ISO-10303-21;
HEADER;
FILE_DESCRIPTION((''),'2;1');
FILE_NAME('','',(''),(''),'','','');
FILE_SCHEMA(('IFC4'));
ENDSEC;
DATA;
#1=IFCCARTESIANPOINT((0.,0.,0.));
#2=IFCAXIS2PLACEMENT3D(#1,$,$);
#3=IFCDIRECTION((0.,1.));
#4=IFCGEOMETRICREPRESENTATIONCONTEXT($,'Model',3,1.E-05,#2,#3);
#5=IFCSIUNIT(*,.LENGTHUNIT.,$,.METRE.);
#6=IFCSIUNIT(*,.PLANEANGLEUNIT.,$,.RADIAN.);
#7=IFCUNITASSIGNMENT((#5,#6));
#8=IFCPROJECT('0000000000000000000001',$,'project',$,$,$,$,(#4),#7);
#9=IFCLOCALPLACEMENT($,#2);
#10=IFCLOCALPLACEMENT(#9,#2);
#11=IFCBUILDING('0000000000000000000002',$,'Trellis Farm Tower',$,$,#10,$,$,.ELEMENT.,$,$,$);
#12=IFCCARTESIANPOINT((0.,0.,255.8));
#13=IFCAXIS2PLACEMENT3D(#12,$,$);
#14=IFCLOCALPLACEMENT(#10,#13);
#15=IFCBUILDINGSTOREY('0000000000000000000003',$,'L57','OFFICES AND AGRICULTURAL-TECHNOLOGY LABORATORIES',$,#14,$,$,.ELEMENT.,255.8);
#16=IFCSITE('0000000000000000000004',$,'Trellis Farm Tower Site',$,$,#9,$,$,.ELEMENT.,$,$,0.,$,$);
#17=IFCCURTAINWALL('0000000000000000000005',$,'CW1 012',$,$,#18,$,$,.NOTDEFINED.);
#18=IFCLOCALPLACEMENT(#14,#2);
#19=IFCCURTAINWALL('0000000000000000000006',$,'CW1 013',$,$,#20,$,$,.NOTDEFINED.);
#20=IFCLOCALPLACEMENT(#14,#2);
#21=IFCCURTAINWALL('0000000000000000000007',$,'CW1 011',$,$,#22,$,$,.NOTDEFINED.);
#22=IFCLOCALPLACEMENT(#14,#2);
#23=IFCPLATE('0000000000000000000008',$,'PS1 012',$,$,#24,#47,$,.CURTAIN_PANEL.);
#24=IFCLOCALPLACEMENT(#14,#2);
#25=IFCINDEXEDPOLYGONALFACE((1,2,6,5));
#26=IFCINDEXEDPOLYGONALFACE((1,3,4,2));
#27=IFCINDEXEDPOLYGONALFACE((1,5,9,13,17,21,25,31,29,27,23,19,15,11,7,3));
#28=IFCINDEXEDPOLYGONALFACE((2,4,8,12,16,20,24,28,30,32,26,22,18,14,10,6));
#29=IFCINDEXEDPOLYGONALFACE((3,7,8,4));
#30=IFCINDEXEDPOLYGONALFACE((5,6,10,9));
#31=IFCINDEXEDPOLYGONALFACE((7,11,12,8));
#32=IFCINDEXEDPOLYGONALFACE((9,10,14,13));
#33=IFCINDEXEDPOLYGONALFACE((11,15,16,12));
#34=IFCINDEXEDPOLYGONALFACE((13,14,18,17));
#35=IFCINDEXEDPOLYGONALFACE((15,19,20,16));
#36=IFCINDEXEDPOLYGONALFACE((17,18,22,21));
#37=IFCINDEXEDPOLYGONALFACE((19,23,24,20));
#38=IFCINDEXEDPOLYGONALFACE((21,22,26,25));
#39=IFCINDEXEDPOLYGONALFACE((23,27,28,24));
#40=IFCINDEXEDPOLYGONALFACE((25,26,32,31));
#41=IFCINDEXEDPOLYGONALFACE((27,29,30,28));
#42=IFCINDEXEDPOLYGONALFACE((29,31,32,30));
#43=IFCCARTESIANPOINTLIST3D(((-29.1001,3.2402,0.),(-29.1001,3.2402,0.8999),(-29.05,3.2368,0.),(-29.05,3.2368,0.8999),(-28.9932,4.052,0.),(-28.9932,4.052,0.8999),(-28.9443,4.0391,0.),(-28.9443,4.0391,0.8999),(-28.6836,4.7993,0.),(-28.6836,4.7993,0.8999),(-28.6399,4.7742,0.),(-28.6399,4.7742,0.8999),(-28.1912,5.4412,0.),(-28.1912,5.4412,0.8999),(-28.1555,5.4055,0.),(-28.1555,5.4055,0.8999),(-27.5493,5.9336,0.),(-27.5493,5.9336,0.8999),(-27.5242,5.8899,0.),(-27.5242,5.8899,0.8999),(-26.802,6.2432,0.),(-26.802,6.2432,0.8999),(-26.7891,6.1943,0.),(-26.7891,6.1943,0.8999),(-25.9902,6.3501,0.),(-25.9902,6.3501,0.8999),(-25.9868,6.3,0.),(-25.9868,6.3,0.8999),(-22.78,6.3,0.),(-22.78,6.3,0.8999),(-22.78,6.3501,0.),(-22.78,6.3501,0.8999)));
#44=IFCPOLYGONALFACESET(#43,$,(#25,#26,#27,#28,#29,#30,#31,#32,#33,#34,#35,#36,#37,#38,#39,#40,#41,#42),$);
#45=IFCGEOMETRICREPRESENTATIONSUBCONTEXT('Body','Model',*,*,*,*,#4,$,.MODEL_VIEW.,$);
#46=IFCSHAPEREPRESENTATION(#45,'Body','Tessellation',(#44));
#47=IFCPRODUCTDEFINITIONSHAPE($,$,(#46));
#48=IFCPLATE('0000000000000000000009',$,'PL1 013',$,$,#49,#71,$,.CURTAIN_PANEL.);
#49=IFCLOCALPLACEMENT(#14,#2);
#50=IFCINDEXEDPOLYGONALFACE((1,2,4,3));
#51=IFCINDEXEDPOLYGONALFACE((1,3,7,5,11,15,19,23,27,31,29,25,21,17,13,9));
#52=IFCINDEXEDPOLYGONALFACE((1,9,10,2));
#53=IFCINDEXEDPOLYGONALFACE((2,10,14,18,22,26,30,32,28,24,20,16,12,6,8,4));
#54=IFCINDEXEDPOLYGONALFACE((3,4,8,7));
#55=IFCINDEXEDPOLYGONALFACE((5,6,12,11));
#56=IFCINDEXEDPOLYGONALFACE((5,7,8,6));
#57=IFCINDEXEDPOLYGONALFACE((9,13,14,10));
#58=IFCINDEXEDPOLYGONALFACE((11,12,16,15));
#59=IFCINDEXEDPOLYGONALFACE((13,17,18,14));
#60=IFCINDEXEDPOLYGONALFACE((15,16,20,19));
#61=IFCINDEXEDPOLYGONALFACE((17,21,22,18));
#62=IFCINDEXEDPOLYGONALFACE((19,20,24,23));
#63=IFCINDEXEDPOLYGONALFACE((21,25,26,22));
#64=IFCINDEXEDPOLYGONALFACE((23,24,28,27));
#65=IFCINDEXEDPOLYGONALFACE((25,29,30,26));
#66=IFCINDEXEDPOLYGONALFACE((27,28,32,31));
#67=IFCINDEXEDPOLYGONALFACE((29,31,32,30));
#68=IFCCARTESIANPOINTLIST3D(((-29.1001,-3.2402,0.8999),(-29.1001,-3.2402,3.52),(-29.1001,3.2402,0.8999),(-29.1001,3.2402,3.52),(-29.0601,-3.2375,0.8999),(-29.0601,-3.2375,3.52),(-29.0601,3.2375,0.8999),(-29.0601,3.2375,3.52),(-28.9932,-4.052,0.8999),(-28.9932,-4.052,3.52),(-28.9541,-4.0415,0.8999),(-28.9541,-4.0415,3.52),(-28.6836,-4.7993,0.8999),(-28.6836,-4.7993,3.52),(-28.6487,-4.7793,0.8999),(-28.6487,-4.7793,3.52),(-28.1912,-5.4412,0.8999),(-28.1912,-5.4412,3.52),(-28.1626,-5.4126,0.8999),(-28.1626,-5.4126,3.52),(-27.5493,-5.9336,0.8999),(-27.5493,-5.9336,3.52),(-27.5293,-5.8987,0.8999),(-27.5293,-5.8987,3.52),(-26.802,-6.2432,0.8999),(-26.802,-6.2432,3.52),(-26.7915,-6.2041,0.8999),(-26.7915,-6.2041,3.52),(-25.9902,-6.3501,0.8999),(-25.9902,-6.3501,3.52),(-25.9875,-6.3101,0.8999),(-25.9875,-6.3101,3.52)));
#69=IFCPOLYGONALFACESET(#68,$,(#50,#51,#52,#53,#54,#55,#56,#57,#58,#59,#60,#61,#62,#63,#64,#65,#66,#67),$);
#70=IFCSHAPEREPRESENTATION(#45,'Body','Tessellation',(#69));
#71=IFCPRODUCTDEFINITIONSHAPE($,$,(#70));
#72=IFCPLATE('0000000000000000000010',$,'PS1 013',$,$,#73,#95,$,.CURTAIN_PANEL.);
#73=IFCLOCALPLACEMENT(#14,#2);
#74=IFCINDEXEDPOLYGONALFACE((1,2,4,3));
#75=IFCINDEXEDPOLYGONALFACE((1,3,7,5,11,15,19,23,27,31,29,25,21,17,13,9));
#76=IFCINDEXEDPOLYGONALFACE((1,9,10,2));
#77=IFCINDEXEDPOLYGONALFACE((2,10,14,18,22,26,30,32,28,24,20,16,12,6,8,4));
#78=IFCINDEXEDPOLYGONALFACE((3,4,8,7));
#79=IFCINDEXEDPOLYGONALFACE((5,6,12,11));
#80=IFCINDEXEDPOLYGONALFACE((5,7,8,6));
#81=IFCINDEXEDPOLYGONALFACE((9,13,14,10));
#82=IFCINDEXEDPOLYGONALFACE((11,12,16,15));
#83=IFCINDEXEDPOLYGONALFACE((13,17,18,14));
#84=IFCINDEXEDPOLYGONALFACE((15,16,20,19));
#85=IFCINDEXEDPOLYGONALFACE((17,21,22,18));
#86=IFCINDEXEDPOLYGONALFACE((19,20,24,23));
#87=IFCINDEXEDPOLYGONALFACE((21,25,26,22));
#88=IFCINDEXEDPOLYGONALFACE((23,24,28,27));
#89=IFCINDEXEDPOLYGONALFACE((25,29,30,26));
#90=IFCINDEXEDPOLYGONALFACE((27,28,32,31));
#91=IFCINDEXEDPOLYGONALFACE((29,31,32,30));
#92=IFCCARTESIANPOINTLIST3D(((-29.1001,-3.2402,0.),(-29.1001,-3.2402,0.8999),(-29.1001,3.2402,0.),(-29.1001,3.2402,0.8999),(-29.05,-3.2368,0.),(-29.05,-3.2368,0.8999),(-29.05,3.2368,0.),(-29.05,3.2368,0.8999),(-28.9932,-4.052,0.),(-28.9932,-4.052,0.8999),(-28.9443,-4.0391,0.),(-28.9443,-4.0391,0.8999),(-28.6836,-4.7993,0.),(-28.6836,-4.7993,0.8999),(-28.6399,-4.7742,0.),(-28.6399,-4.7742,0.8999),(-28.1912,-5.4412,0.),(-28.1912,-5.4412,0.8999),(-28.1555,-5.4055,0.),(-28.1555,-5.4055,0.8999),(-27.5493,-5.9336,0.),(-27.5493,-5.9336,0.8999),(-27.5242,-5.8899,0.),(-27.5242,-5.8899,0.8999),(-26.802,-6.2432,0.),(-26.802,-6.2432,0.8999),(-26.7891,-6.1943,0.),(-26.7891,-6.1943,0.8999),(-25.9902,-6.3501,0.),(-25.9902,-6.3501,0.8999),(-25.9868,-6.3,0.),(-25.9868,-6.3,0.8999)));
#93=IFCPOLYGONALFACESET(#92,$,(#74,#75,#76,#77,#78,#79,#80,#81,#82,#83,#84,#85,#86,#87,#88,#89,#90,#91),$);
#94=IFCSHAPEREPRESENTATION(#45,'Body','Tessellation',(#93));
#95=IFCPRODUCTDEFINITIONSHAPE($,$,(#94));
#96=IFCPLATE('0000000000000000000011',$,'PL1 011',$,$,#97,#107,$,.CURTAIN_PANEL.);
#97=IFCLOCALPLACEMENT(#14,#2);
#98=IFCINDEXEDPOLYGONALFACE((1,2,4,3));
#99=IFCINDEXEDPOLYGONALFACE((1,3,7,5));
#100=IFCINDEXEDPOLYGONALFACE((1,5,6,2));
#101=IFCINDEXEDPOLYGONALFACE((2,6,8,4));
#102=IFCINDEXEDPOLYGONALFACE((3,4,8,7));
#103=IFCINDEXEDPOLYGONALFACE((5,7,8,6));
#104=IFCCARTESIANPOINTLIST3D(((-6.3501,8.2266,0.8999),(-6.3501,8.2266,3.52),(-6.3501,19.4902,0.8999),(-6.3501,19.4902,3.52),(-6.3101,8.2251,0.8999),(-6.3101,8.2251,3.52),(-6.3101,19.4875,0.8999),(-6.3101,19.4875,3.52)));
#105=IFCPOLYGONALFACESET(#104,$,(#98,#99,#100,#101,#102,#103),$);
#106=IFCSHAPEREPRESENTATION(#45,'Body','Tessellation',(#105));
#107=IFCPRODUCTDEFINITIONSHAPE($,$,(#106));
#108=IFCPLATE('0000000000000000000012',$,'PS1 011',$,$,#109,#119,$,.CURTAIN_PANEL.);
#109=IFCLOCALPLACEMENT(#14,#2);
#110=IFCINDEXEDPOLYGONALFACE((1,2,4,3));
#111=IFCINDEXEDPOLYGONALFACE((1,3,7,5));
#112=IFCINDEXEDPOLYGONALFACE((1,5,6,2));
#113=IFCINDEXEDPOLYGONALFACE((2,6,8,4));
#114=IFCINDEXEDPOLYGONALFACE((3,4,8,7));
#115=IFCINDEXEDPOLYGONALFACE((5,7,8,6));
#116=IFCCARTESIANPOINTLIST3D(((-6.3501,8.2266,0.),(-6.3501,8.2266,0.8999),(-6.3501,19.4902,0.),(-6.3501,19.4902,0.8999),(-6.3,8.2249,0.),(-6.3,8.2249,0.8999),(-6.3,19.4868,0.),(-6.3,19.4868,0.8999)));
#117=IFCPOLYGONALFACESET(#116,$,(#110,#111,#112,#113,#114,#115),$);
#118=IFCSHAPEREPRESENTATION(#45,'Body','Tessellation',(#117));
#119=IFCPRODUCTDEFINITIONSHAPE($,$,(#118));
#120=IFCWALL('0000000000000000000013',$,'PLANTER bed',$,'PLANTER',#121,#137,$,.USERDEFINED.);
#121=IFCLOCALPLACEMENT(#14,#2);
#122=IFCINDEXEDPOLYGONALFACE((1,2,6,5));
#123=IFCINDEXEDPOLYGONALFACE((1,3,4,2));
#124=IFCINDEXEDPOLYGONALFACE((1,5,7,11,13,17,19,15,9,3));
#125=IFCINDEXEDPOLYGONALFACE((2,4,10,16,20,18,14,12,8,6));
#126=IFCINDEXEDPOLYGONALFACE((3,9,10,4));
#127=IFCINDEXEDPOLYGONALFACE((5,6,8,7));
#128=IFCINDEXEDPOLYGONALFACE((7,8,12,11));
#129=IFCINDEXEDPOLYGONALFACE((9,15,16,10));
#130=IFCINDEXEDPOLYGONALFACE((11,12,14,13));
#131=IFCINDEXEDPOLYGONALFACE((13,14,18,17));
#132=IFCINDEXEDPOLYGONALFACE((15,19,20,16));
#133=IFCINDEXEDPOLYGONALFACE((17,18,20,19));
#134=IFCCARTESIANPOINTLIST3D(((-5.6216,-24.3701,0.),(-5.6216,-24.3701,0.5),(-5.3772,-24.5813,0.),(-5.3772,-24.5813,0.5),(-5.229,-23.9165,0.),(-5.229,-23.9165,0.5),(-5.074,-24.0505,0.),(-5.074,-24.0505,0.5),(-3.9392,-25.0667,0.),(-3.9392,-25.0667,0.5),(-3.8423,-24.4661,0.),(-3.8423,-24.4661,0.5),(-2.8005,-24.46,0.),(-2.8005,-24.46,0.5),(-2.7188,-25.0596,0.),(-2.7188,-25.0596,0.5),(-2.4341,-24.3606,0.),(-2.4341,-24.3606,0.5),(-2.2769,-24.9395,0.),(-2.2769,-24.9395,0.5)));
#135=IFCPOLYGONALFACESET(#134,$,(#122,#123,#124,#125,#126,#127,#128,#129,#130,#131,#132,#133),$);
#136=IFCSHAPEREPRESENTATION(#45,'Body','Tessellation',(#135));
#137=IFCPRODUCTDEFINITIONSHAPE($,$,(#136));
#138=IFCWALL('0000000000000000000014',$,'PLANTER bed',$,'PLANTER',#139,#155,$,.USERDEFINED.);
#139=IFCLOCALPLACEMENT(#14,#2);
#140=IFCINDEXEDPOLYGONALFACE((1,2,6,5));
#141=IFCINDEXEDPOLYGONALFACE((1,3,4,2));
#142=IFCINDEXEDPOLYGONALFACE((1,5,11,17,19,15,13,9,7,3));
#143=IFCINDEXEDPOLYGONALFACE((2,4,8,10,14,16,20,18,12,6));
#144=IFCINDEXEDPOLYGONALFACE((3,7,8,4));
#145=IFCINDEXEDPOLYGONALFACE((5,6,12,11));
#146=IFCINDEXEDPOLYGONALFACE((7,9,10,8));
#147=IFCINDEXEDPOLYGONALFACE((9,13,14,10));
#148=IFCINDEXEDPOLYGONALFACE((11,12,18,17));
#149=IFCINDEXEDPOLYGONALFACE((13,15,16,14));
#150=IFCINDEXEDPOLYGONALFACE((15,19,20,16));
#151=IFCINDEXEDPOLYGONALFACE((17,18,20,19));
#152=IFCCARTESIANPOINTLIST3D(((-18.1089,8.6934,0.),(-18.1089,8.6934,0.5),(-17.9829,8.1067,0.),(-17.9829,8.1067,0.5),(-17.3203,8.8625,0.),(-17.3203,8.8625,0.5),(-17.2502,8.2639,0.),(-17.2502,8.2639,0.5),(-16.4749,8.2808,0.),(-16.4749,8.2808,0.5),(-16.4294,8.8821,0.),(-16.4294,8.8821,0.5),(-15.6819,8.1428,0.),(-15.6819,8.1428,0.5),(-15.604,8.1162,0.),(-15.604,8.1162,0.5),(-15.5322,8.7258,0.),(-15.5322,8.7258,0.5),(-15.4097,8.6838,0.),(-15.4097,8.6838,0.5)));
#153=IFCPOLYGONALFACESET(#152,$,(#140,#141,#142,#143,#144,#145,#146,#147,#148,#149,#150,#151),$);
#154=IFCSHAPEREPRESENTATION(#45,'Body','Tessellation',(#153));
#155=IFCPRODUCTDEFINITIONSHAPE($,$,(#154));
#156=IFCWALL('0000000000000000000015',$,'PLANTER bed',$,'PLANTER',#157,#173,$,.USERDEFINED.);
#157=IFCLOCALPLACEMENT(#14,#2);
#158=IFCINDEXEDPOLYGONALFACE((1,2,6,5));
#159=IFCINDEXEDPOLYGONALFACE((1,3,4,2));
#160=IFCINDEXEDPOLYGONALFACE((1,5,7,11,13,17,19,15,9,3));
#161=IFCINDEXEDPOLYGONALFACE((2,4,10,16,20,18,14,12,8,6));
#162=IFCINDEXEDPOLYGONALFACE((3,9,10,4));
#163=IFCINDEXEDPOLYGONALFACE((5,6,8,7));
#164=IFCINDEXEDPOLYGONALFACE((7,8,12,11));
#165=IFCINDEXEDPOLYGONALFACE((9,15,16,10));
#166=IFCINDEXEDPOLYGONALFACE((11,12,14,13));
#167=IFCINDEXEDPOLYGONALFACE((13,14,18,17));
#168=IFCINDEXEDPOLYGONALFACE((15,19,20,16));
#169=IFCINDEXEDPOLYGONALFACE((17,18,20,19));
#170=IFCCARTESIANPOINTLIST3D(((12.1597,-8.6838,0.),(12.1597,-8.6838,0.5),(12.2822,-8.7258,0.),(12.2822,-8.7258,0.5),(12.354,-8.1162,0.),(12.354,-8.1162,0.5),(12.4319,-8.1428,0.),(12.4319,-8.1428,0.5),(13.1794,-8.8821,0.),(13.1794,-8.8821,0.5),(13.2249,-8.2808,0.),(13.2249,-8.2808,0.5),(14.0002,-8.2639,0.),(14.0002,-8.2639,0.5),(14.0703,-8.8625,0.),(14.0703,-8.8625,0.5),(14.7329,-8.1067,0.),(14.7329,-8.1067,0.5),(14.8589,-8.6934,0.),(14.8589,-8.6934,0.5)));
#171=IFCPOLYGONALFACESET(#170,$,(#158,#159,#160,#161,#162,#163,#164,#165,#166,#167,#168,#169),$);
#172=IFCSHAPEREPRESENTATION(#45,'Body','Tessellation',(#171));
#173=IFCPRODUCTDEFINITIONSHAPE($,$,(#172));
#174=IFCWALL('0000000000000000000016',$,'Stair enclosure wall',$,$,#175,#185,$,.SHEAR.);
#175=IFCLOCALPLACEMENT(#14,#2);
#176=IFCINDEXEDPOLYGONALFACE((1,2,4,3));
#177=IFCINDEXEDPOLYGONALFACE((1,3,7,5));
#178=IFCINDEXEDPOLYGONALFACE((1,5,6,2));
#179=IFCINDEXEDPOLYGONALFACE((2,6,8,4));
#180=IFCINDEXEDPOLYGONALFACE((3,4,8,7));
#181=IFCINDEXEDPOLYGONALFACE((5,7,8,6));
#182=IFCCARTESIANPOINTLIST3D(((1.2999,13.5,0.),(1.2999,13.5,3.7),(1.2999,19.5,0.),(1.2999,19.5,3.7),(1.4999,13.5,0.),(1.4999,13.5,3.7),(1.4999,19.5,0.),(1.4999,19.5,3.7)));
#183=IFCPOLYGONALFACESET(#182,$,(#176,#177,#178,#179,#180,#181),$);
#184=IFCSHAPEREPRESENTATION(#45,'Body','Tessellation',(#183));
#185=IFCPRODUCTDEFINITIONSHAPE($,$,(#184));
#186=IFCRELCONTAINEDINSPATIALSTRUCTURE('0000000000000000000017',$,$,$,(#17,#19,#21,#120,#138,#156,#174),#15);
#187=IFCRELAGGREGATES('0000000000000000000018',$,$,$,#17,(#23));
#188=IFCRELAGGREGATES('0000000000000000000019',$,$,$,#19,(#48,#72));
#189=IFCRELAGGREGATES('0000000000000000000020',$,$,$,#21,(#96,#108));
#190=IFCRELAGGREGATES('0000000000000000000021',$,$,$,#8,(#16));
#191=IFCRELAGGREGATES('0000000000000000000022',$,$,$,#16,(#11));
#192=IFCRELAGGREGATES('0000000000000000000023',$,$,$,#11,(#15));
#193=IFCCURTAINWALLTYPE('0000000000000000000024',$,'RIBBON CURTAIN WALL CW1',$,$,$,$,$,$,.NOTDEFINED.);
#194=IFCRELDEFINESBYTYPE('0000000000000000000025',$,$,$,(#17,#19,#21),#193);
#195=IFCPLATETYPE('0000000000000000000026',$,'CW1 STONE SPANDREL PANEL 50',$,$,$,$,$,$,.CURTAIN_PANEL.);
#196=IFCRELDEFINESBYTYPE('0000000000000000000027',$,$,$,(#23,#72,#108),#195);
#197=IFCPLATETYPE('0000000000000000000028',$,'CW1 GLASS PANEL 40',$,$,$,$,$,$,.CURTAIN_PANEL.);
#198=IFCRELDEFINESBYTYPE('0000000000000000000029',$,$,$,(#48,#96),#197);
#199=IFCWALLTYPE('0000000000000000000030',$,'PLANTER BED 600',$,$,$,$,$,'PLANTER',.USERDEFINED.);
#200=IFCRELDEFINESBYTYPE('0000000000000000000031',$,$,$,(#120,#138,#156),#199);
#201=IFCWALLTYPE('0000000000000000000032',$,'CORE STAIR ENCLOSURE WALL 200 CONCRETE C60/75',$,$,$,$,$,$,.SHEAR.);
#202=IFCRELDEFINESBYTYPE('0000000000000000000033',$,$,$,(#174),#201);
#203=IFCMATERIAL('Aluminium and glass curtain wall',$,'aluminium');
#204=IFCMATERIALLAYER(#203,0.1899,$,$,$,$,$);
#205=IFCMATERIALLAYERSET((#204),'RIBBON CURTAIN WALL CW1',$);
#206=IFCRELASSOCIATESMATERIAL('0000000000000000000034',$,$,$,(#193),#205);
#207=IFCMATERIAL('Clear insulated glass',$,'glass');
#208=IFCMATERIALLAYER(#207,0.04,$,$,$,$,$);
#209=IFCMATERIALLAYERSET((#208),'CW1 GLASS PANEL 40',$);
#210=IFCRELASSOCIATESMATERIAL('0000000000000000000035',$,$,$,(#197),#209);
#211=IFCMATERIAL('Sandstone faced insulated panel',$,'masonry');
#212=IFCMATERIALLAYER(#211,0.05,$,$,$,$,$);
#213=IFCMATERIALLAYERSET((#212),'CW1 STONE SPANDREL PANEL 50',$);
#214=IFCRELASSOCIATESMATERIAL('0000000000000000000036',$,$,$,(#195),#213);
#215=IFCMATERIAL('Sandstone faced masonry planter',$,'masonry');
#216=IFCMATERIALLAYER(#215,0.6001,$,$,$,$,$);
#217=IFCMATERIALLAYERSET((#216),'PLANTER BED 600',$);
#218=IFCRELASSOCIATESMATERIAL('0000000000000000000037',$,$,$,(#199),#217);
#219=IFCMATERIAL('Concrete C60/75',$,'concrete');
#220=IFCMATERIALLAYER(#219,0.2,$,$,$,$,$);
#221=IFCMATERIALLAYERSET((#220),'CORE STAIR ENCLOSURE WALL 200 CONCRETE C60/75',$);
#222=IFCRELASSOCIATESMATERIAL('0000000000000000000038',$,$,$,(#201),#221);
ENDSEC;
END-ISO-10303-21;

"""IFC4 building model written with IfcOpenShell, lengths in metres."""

from ifc_helpers import new_model, si_unit, direction, frame, frame_2d, origin, place, context, subcontext, project, spatial, polyline, rectangle, outline, extrude, source, transform, mapped, material, layer, layer_set, type_object, element, aggregate, save


model = new_model("IFC4")

# Units and contexts
model_context = context("Model", 3, precision=1e-05, world=origin(), true_north=direction((0.0, 1.0)))
body_context = subcontext(model_context, "Body", "Model", "MODEL_VIEW")
ifc_project = project(units=[si_unit("LENGTHUNIT", "METRE"), si_unit("PLANEANGLEUNIT", "RADIAN")], contexts=[model_context])

# Site, building, storey
site_placement = place(None, origin())
site = spatial("IfcSite", under=ifc_project, at=site_placement, Name="Trellis Farm Tower Site", CompositionType="ELEMENT", RefElevation=0.0)
building_placement = place(site_placement, origin())
building = spatial("IfcBuilding", under=site, at=building_placement, Name="Trellis Farm Tower", CompositionType="ELEMENT")
storey_placement = place(building_placement, frame((0.0, 0.0, 255.8)))
storey = spatial("IfcBuildingStorey", under=building, at=storey_placement, Name="L57", Description="OFFICES AND AGRICULTURAL-TECHNOLOGY LABORATORIES", CompositionType="ELEMENT", Elevation=255.8)

# Curtain walls
ifc_material_1 = material(Name="Aluminium and glass curtain wall", Category="aluminium")
placement_1 = place(storey_placement, origin())
ifc_layer_1 = layer(ifc_material_1, 0.1899)
ifc_layer_set_1 = layer_set([ifc_layer_1], Name="RIBBON CURTAIN WALL CW1")
curtain_wall_type_1 = type_object("IfcCurtainWallType", Name="RIBBON CURTAIN WALL CW1", PredefinedType="NOTDEFINED", material=ifc_layer_set_1)
curtain_wall_1 = element("IfcCurtainWall", 1, at=placement_1, inside=storey, type_object=curtain_wall_type_1, Name="CW1 012", PredefinedType="NOTDEFINED")
curtain_wall_2 = element("IfcCurtainWall", 2, at=placement_1, inside=storey, type_object=curtain_wall_type_1, Name="CW1 013", PredefinedType="NOTDEFINED")
curtain_wall_3 = element("IfcCurtainWall", 3, at=placement_1, inside=storey, type_object=curtain_wall_type_1, Name="CW1 011", PredefinedType="NOTDEFINED")

# Plates
ifc_material_2 = material(Name="Clear insulated glass", Category="glass")
ifc_layer_2 = layer(ifc_material_2, 0.04)
ifc_layer_set_2 = layer_set([ifc_layer_2], Name="CW1 GLASS PANEL 40")
plate_type_1 = type_object("IfcPlateType", Name="CW1 GLASS PANEL 40", PredefinedType="CURTAIN_PANEL", material=ifc_layer_set_2)
placement_2 = place(storey_placement, frame((0.0, 0.0, 0.8999)))
ifc_material_3 = material(Name="Sandstone faced insulated panel", Category="masonry")
ifc_layer_3 = layer(ifc_material_3, 0.05)
ifc_layer_set_3 = layer_set([ifc_layer_3], Name="CW1 STONE SPANDREL PANEL 50")
plate_type_2 = type_object("IfcPlateType", Name="CW1 STONE SPANDREL PANEL 50", PredefinedType="CURTAIN_PANEL", material=ifc_layer_set_3)
shared_shape_1 = source(origin(), body_context, "Body", "SweptSolid", [
    extrude(outline(polyline([(-22.78, 6.3501), (-25.9902, 6.3501), (-26.802, 6.2432), (-27.5493, 5.9336), (-28.1912, 5.4412), (-28.6836, 4.7993), (-28.9932, 4.052), (-29.1001, 3.2402), (-29.05, 3.2368), (-28.9443, 4.0391), (-28.6399, 4.7742), (-28.1555, 5.4055), (-27.5242, 5.8899), (-26.7891, 6.1943), (-25.9868, 6.3), (-22.78, 6.3), (-22.78, 6.3501)])), origin(), (0.0, 0.0, 1.0), 0.8999),
])
plate_1 = element("IfcPlate", 4, at=placement_1, type_object=plate_type_2, Name="PS1 012", PredefinedType="CURTAIN_PANEL", context=body_context, shape_type="MappedRepresentation", body=[
    mapped(shared_shape_1, transform((0.0, 0.0, 0.0))),
])
aggregate(curtain_wall_1, [plate_1])
shared_shape_2 = source(origin(), body_context, "Body", "SweptSolid", [
    extrude(outline(polyline([(-29.1001, 3.2402), (-29.1001, -3.2402), (-28.9932, -4.052), (-28.6836, -4.7993), (-28.1912, -5.4412), (-27.5493, -5.9336), (-26.802, -6.2432), (-25.9902, -6.3501), (-25.9875, -6.3101), (-26.7915, -6.2041), (-27.5293, -5.8987), (-28.1626, -5.4126), (-28.6487, -4.7793), (-28.9541, -4.0415), (-29.0601, -3.2375), (-29.0601, 3.2375), (-29.1001, 3.2402)])), origin(), (0.0, 0.0, 1.0), 2.6201),
])
plate_2 = element("IfcPlate", 5, at=placement_2, type_object=plate_type_1, Name="PL1 013", PredefinedType="CURTAIN_PANEL", context=body_context, shape_type="MappedRepresentation", body=[
    mapped(shared_shape_2, transform((0.0, 0.0, 0.0))),
])
shared_shape_3 = source(origin(), body_context, "Body", "SweptSolid", [
    extrude(outline(polyline([(-29.1001, 3.2402), (-29.1001, -3.2402), (-28.9932, -4.052), (-28.6836, -4.7993), (-28.1912, -5.4412), (-27.5493, -5.9336), (-26.802, -6.2432), (-25.9902, -6.3501), (-25.9868, -6.3), (-26.7891, -6.1943), (-27.5242, -5.8899), (-28.1555, -5.4055), (-28.6399, -4.7742), (-28.9443, -4.0391), (-29.05, -3.2368), (-29.05, 3.2368), (-29.1001, 3.2402)])), origin(), (0.0, 0.0, 1.0), 0.8999),
])
plate_3 = element("IfcPlate", 6, at=placement_1, type_object=plate_type_2, Name="PS1 013", PredefinedType="CURTAIN_PANEL", context=body_context, shape_type="MappedRepresentation", body=[
    mapped(shared_shape_3, transform((0.0, 0.0, 0.0))),
])
aggregate(curtain_wall_2, [plate_2, plate_3])
shared_shape_4 = source(origin(), body_context, "Body", "SweptSolid", [
    extrude(outline(polyline([(-6.3501, 19.4902), (-6.3501, 8.2266), (-6.3101, 8.2251), (-6.3101, 19.4875), (-6.3501, 19.4902)])), origin(), (0.0, 0.0, 1.0), 2.6201),
])
plate_4 = element("IfcPlate", 7, at=placement_2, type_object=plate_type_1, Name="PL1 011", PredefinedType="CURTAIN_PANEL", context=body_context, shape_type="MappedRepresentation", body=[
    mapped(shared_shape_4, transform((0.0, 0.0, 0.0))),
])
shared_shape_5 = source(origin(), body_context, "Body", "SweptSolid", [
    extrude(outline(polyline([(-6.3501, 19.4902), (-6.3501, 8.2266), (-6.3, 8.2249), (-6.3, 19.4868), (-6.3501, 19.4902)])), origin(), (0.0, 0.0, 1.0), 0.8999),
])
plate_5 = element("IfcPlate", 8, at=placement_1, type_object=plate_type_2, Name="PS1 011", PredefinedType="CURTAIN_PANEL", context=body_context, shape_type="MappedRepresentation", body=[
    mapped(shared_shape_5, transform((0.0, 0.0, 0.0))),
])
aggregate(curtain_wall_3, [plate_4, plate_5])

# Walls
ifc_material_4 = material(Name="Sandstone faced masonry planter", Category="masonry")
ifc_layer_4 = layer(ifc_material_4, 0.6001)
ifc_layer_set_4 = layer_set([ifc_layer_4], Name="PLANTER BED 600")
wall_type_1 = type_object("IfcWallType", Name="PLANTER BED 600", ElementType="PLANTER", PredefinedType="USERDEFINED", material=ifc_layer_set_4)
element("IfcWall", 9, at=placement_1, inside=storey, type_object=wall_type_1, Name="PLANTER bed", ObjectType="PLANTER", PredefinedType="USERDEFINED", context=body_context, shape_type="SweptSolid", body=[
    extrude(outline(polyline([(-2.7188, -25.0596), (-3.9392, -25.0667), (-5.3772, -24.5813), (-5.6216, -24.3701), (-5.229, -23.9165), (-5.074, -24.0505), (-3.8423, -24.4661), (-2.8005, -24.46), (-2.4341, -24.3606), (-2.2769, -24.9395), (-2.7188, -25.0596)])), origin(), (0.0, 0.0, 1.0), 0.5),
])
element("IfcWall", 10, at=placement_1, inside=storey, type_object=wall_type_1, Name="PLANTER bed", ObjectType="PLANTER", PredefinedType="USERDEFINED", context=body_context, shape_type="SweptSolid", body=[
    extrude(outline(polyline([(-16.4294, 8.8821), (-15.5322, 8.7258), (-15.4097, 8.6838), (-15.604, 8.1162), (-15.6819, 8.1428), (-16.4749, 8.2808), (-17.2502, 8.2639), (-17.9829, 8.1067), (-18.1089, 8.6934), (-17.3203, 8.8625), (-16.4294, 8.8821)])), origin(), (0.0, 0.0, 1.0), 0.5),
])
element("IfcWall", 11, at=placement_1, inside=storey, type_object=wall_type_1, Name="PLANTER bed", ObjectType="PLANTER", PredefinedType="USERDEFINED", context=body_context, shape_type="SweptSolid", body=[
    extrude(outline(polyline([(13.1794, -8.8821), (12.2822, -8.7258), (12.1597, -8.6838), (12.354, -8.1162), (12.4319, -8.1428), (13.2249, -8.2808), (14.0002, -8.2639), (14.7329, -8.1067), (14.8589, -8.6934), (14.0703, -8.8625), (13.1794, -8.8821)])), origin(), (0.0, 0.0, 1.0), 0.5),
])
ifc_material_5 = material(Name="Concrete C60/75", Category="concrete")
ifc_layer_5 = layer(ifc_material_5, 0.2)
ifc_layer_set_5 = layer_set([ifc_layer_5], Name="CORE STAIR ENCLOSURE WALL 200 CONCRETE C60/75")
wall_type_2 = type_object("IfcWallType", Name="CORE STAIR ENCLOSURE WALL 200 CONCRETE C60/75", PredefinedType="SHEAR", material=ifc_layer_set_5)
shared_shape_6 = source(origin(), body_context, "Body", "SweptSolid", [
    extrude(rectangle(XDim=6.0, YDim=0.2, at=frame_2d((3.0, 0.0))), origin(), (0.0, 0.0, 1.0), 3.7),
])
wall_1_placement = place(storey_placement, frame((1.3999, 13.5, 0.0), z_axis=(0.0, 0.0, 1.0), x_axis=(0.0, 1.0, 0.0)))
element("IfcWall", 12, at=wall_1_placement, inside=storey, type_object=wall_type_2, Name="Stair enclosure wall", PredefinedType="SHEAR", context=body_context, shape_type="MappedRepresentation", body=[
    mapped(shared_shape_6, transform((0.0, 0.0, 0.0))),
])

save(model, "model.ifc")
